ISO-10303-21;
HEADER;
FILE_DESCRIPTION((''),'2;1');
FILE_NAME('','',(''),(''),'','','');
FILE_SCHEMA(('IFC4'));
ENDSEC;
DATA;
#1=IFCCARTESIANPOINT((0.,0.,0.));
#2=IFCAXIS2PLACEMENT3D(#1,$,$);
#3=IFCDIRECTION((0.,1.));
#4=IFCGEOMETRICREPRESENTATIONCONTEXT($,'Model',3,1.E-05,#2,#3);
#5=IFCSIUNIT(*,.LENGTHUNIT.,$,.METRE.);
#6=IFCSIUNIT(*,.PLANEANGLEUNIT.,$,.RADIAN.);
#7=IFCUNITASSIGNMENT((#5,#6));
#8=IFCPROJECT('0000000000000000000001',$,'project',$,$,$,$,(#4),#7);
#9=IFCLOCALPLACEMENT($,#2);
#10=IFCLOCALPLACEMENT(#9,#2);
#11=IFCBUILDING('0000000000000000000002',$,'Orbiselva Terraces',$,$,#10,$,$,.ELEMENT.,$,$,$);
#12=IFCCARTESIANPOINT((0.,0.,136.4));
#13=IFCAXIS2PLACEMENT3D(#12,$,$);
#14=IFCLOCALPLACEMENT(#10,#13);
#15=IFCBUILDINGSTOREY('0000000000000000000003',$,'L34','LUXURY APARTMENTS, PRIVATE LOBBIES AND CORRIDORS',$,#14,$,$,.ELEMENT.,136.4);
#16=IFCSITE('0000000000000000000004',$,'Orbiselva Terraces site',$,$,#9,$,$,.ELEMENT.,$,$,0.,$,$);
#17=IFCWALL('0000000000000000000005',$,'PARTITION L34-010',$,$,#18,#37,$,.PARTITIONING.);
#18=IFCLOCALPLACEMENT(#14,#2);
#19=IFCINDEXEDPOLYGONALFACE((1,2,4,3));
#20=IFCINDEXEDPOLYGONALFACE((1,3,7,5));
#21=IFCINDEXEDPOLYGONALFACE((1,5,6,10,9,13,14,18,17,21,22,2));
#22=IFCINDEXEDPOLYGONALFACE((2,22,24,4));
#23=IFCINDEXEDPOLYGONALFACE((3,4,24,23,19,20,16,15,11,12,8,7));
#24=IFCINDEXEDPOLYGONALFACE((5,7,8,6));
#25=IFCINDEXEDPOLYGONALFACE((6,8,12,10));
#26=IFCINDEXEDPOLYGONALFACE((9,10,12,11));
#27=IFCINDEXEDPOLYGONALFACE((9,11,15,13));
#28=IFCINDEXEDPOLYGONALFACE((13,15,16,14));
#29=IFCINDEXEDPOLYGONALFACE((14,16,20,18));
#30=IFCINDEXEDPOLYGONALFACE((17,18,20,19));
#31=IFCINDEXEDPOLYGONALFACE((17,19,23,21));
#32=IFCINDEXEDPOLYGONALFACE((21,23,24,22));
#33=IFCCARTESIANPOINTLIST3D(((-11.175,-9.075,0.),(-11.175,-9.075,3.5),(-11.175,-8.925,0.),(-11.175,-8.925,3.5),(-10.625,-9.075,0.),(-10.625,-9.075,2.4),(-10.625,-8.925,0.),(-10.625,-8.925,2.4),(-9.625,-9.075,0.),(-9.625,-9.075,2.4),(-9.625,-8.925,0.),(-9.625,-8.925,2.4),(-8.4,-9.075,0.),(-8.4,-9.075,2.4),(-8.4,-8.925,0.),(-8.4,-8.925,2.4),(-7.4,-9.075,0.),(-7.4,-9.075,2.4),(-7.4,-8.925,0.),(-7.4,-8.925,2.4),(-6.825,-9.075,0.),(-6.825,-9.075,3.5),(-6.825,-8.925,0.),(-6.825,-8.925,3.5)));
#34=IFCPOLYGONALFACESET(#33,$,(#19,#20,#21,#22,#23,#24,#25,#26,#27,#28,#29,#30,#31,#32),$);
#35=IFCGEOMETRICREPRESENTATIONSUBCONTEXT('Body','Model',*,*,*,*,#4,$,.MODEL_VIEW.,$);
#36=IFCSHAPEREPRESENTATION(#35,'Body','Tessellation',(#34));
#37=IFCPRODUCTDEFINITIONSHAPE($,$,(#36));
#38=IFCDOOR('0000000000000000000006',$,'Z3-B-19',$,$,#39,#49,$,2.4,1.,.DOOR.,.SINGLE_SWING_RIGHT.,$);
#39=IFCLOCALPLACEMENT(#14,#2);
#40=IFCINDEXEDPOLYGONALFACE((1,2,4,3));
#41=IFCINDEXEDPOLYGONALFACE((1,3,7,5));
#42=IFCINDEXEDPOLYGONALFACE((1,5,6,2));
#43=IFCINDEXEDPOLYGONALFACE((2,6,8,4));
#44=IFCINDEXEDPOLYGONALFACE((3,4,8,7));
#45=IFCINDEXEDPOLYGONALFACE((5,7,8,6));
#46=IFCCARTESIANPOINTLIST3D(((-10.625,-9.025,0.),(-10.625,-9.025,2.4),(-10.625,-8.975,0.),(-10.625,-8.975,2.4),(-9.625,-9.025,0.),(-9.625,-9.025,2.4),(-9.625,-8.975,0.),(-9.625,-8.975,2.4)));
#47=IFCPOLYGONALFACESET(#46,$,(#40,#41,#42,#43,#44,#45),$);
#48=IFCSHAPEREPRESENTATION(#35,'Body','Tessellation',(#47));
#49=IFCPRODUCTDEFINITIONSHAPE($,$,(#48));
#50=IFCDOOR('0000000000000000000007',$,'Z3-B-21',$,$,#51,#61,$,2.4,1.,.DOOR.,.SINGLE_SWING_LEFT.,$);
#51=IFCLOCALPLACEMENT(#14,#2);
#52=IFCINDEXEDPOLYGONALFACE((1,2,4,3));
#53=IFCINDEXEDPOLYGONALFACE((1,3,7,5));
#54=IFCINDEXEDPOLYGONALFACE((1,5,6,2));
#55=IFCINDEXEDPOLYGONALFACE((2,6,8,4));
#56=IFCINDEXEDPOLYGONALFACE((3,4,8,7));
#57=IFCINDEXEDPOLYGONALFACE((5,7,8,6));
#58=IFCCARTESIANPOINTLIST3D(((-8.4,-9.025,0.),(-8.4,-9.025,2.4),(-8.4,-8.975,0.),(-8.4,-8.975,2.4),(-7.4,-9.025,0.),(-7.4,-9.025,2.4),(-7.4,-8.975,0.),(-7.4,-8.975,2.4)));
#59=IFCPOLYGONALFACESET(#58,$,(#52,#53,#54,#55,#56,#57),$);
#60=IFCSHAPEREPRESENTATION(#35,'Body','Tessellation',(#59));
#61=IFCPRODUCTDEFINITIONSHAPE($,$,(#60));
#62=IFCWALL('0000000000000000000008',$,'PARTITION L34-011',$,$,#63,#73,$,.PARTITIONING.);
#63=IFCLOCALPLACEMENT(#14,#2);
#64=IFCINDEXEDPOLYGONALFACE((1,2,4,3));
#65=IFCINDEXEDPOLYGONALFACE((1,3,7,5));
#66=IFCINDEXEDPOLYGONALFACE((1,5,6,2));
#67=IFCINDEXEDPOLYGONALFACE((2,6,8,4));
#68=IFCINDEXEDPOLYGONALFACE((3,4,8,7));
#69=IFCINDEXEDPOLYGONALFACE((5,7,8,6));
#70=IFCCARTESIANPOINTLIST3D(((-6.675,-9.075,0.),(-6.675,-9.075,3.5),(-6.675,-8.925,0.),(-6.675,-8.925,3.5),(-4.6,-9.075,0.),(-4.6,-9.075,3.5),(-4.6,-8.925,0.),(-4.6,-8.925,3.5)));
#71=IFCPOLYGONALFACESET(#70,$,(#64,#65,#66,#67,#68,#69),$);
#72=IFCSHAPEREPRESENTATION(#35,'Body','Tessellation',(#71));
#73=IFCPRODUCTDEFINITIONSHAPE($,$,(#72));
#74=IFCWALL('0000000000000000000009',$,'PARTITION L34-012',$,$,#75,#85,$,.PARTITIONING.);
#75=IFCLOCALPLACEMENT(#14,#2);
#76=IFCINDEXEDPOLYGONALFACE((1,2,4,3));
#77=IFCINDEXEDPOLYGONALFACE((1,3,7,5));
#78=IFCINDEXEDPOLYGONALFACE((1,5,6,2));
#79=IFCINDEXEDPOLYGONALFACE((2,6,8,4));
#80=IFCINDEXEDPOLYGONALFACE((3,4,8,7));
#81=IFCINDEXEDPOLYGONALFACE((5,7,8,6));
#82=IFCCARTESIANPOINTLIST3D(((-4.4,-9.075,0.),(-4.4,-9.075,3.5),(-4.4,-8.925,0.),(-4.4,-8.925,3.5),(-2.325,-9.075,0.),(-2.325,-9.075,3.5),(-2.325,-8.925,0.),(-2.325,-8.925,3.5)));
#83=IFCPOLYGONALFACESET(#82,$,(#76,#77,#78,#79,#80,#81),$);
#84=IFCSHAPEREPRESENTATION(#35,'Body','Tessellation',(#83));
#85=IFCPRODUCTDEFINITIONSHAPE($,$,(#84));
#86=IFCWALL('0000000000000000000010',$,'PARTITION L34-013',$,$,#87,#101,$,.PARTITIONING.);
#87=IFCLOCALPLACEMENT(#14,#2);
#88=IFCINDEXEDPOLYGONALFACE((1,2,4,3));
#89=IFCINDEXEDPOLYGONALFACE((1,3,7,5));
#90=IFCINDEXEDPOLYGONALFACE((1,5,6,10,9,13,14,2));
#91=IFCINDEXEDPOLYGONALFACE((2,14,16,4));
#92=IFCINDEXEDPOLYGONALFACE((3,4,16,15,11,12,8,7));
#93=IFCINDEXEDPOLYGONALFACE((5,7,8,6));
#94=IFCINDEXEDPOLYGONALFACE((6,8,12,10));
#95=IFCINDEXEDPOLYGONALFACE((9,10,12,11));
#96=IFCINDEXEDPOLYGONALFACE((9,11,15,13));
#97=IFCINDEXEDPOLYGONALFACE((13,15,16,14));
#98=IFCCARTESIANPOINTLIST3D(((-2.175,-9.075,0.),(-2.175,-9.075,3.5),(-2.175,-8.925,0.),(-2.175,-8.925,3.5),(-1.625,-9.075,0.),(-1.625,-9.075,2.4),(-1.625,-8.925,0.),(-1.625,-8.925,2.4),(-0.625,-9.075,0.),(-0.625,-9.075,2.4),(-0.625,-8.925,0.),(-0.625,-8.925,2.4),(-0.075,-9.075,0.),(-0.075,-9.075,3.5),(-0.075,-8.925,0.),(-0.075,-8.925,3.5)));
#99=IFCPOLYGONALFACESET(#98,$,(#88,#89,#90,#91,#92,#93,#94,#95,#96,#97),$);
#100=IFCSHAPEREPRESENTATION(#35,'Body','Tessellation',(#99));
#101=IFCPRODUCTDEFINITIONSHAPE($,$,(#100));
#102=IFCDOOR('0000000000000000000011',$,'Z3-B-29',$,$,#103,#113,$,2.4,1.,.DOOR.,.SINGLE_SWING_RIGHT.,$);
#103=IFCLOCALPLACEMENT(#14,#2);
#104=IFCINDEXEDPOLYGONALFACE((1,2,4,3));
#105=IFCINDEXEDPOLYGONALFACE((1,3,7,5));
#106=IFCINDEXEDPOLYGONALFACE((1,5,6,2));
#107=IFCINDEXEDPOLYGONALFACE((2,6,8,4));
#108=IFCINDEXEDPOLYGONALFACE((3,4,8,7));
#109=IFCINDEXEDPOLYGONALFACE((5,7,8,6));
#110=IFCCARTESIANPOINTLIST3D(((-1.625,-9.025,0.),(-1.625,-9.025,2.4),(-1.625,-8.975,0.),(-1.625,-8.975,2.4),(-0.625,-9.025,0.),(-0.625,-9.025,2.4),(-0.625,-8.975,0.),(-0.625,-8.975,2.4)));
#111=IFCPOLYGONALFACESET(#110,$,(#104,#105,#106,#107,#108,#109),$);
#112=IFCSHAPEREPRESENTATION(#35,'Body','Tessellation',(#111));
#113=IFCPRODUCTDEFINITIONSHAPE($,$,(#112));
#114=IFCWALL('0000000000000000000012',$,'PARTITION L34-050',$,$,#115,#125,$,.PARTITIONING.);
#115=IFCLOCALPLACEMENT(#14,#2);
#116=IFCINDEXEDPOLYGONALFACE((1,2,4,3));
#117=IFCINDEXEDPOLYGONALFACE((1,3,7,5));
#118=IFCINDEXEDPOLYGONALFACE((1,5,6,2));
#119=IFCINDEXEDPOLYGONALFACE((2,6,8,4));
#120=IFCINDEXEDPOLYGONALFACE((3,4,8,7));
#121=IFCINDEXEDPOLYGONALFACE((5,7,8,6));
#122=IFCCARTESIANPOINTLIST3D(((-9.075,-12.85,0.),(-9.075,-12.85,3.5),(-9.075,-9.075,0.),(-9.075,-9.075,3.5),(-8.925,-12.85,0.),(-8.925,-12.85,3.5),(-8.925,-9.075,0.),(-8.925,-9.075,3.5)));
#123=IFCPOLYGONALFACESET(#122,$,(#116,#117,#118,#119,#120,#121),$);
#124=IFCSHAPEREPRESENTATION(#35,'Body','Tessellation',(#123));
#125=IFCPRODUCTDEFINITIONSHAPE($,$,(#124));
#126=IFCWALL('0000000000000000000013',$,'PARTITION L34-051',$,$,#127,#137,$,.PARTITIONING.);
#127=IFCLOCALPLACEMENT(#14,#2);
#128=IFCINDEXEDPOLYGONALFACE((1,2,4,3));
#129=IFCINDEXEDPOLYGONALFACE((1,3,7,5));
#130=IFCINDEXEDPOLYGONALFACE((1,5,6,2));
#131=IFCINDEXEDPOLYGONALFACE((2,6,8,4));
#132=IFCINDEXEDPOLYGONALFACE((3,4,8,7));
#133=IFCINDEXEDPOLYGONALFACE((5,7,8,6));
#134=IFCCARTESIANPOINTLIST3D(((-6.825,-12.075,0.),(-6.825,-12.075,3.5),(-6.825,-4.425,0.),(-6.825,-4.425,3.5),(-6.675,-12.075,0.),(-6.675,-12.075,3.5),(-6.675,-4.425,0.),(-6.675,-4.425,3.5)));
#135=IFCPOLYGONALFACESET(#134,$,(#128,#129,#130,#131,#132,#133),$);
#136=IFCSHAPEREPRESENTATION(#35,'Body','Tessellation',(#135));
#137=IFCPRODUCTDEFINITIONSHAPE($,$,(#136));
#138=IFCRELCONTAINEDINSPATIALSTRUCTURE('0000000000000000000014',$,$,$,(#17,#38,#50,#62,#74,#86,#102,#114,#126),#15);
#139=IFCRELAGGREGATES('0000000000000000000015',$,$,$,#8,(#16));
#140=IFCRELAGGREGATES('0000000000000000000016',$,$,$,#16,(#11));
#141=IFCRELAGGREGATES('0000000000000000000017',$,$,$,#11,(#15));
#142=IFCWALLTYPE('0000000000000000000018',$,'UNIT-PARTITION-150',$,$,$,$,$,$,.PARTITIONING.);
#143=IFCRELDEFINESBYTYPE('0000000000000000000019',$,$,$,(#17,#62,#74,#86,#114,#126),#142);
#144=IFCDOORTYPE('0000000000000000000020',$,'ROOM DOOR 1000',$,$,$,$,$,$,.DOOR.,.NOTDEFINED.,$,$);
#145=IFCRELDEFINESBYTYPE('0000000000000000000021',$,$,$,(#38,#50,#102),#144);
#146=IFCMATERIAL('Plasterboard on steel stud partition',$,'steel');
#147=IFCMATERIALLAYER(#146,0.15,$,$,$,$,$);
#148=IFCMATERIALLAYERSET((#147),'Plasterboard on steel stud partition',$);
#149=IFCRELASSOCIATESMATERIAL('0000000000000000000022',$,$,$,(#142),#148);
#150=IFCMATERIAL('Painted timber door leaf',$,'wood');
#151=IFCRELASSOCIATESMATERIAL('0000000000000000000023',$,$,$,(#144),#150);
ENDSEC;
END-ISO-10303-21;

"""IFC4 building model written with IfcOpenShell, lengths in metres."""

from ifc_helpers import new_model, si_unit, direction, frame, frame_2d, origin, place, context, subcontext, project, spatial, rectangle, extrude, material, layer, layer_set, type_object, element, fill, save


model = new_model("IFC4")

# Units and contexts
model_context = context("Model", 3, precision=1e-05, world=origin(), true_north=direction((0.0, 1.0)))
body_context = subcontext(model_context, "Body", "Model", "MODEL_VIEW")
ifc_project = project(units=[si_unit("LENGTHUNIT", "METRE"), si_unit("PLANEANGLEUNIT", "RADIAN")], contexts=[model_context])

# Site, building, storey
site_placement = place(None, origin())
site = spatial("IfcSite", under=ifc_project, at=site_placement, Name="Orbiselva Terraces site", CompositionType="ELEMENT", RefElevation=0.0)
building_placement = place(site_placement, origin())
building = spatial("IfcBuilding", under=site, at=building_placement, Name="Orbiselva Terraces", CompositionType="ELEMENT")
storey_placement = place(building_placement, frame((0.0, 0.0, 136.4)))
storey = spatial("IfcBuildingStorey", under=building, at=storey_placement, Name="L34", Description="LUXURY APARTMENTS, PRIVATE LOBBIES AND CORRIDORS", CompositionType="ELEMENT", Elevation=136.4)

# Shared definitions
ifc_material_1 = material(Name="Plasterboard on steel stud partition", Category="steel")
ifc_layer_1 = layer(ifc_material_1, 0.15)
ifc_layer_set_1 = layer_set([ifc_layer_1], Name="Plasterboard on steel stud partition")
wall_type_1 = type_object("IfcWallType", Name="UNIT-PARTITION-150", PredefinedType="PARTITIONING", material=ifc_layer_set_1)
ifc_material_2 = material(Name="Painted timber door leaf", Category="wood")

# Wall, openings, doors
wall_1_placement = place(storey_placement, frame((-6.825, -9.0, 0.0), z_axis=(0.0, 0.0, 1.0), x_axis=(-1.0, 0.0, 0.0)))
wall_1 = element("IfcWall", 1, at=wall_1_placement, inside=storey, type_object=wall_type_1, Name="PARTITION L34-010", PredefinedType="PARTITIONING", context=body_context, shape_type="SweptSolid", body=[
    extrude(rectangle(XDim=4.35, YDim=0.15, at=frame_2d((2.175, 0.0))), origin(), (0.0, 0.0, 1.0), 3.5),
])
opening_1_placement = place(wall_1_placement, frame((2.8, 0.0, 0.0)))
opening_1 = element("IfcOpeningElement", 2, at=opening_1_placement, cuts=wall_1, PredefinedType="OPENING", context=body_context, shape_type="SweptSolid", body=[
    extrude(rectangle(XDim=1.0, YDim=2.4, at=frame_2d((0.5, 1.2))), frame((0.0, 0.085, 0.0), z_axis=(0.0, -1.0, 0.0), x_axis=(1.0, 0.0, 0.0)), (0.0, 0.0, 1.0), 0.17),
])
opening_2_placement = place(wall_1_placement, frame((0.575, 0.0, 0.0)))
opening_2 = element("IfcOpeningElement", 3, at=opening_2_placement, cuts=wall_1, PredefinedType="OPENING", context=body_context, shape_type="SweptSolid", body=[
    extrude(rectangle(XDim=1.0, YDim=2.4, at=frame_2d((0.5, 1.2))), frame((0.0, 0.085, 0.0), z_axis=(0.0, -1.0, 0.0), x_axis=(1.0, 0.0, 0.0)), (0.0, 0.0, 1.0), 0.17),
])
door_type_1 = type_object("IfcDoorType", Name="ROOM DOOR 1000", OperationType="NOTDEFINED", PredefinedType="DOOR", material=ifc_material_2)
door_1_placement = place(opening_1_placement, origin())
door_1 = element("IfcDoor", 4, at=door_1_placement, inside=storey, type_object=door_type_1, Name="Z3-B-19", OperationType="SINGLE_SWING_RIGHT", OverallHeight=2.4, OverallWidth=1.0, PredefinedType="DOOR", context=body_context, shape_type="SweptSolid", body=[
    extrude(rectangle(XDim=1.0, YDim=2.4, at=frame_2d((0.5, 1.2))), frame((0.0, 0.025, 0.0), z_axis=(0.0, -1.0, 0.0), x_axis=(1.0, 0.0, 0.0)), (0.0, 0.0, 1.0), 0.05),
])
fill(opening_1, door_1)
door_2_placement = place(opening_2_placement, origin())
door_2 = element("IfcDoor", 5, at=door_2_placement, inside=storey, type_object=door_type_1, Name="Z3-B-21", OperationType="SINGLE_SWING_LEFT", OverallHeight=2.4, OverallWidth=1.0, PredefinedType="DOOR", context=body_context, shape_type="SweptSolid", body=[
    extrude(rectangle(XDim=1.0, YDim=2.4, at=frame_2d((0.5, 1.2))), frame((0.0, 0.025, 0.0), z_axis=(0.0, -1.0, 0.0), x_axis=(1.0, 0.0, 0.0)), (0.0, 0.0, 1.0), 0.05),
])
fill(opening_2, door_2)

# Walls
for number, where, z_axis, x_axis, name in (
    (6, (-6.675, -9.0, 0.0), (0.0, 0.0, 1.0), (1.0, 0.0, 0.0), "PARTITION L34-011"),
    (7, (-4.4, -9.0, 0.0), (0.0, 0.0, 1.0), (1.0, 0.0, 0.0), "PARTITION L34-012"),
):
    element("IfcWall", number, at=place(storey_placement, frame(where, z_axis=z_axis, x_axis=x_axis)), inside=storey, type_object=wall_type_1, Name=name, PredefinedType="PARTITIONING", context=body_context, shape_type="SweptSolid", body=[
        extrude(rectangle(XDim=2.075, YDim=0.15, at=frame_2d((1.0375, 0.0))), origin(), (0.0, 0.0, 1.0), 3.5),
    ])

# Wall, opening, door
wall_2_placement = place(storey_placement, frame((-0.075, -9.0, 0.0), z_axis=(0.0, 0.0, 1.0), x_axis=(-1.0, 0.0, 0.0)))
wall_2 = element("IfcWall", 8, at=wall_2_placement, inside=storey, type_object=wall_type_1, Name="PARTITION L34-013", PredefinedType="PARTITIONING", context=body_context, shape_type="SweptSolid", body=[
    extrude(rectangle(XDim=2.1, YDim=0.15, at=frame_2d((1.05, 0.0))), origin(), (0.0, 0.0, 1.0), 3.5),
])
opening_3_placement = place(wall_2_placement, frame((0.55, 0.0, 0.0)))
opening_3 = element("IfcOpeningElement", 9, at=opening_3_placement, cuts=wall_2, PredefinedType="OPENING", context=body_context, shape_type="SweptSolid", body=[
    extrude(rectangle(XDim=1.0, YDim=2.4, at=frame_2d((0.5, 1.2))), frame((0.0, 0.085, 0.0), z_axis=(0.0, -1.0, 0.0), x_axis=(1.0, 0.0, 0.0)), (0.0, 0.0, 1.0), 0.17),
])
door_3_placement = place(opening_3_placement, origin())
door_3 = element("IfcDoor", 10, at=door_3_placement, inside=storey, type_object=door_type_1, Name="Z3-B-29", OperationType="SINGLE_SWING_RIGHT", OverallHeight=2.4, OverallWidth=1.0, PredefinedType="DOOR", context=body_context, shape_type="SweptSolid", body=[
    extrude(rectangle(XDim=1.0, YDim=2.4, at=frame_2d((0.5, 1.2))), frame((0.0, 0.025, 0.0), z_axis=(0.0, -1.0, 0.0), x_axis=(1.0, 0.0, 0.0)), (0.0, 0.0, 1.0), 0.05),
])
fill(opening_3, door_3)

# Walls
wall_3_placement = place(storey_placement, frame((-9.0, -12.85, 0.0), z_axis=(0.0, 0.0, 1.0), x_axis=(0.0, 1.0, 0.0)))
element("IfcWall", 11, at=wall_3_placement, inside=storey, type_object=wall_type_1, Name="PARTITION L34-050", PredefinedType="PARTITIONING", context=body_context, shape_type="SweptSolid", body=[
    extrude(rectangle(XDim=3.775, YDim=0.15, at=frame_2d((1.8875, 0.0))), origin(), (0.0, 0.0, 1.0), 3.5),
])
wall_4_placement = place(storey_placement, frame((-6.75, -12.075, 0.0), z_axis=(0.0, 0.0, 1.0), x_axis=(0.0, 1.0, 0.0)))
element("IfcWall", 12, at=wall_4_placement, inside=storey, type_object=wall_type_1, Name="PARTITION L34-051", PredefinedType="PARTITIONING", context=body_context, shape_type="SweptSolid", body=[
    extrude(rectangle(XDim=7.65, YDim=0.15, at=frame_2d((3.825, 0.0))), origin(), (0.0, 0.0, 1.0), 3.5),
])

save(model, "model.ifc")
